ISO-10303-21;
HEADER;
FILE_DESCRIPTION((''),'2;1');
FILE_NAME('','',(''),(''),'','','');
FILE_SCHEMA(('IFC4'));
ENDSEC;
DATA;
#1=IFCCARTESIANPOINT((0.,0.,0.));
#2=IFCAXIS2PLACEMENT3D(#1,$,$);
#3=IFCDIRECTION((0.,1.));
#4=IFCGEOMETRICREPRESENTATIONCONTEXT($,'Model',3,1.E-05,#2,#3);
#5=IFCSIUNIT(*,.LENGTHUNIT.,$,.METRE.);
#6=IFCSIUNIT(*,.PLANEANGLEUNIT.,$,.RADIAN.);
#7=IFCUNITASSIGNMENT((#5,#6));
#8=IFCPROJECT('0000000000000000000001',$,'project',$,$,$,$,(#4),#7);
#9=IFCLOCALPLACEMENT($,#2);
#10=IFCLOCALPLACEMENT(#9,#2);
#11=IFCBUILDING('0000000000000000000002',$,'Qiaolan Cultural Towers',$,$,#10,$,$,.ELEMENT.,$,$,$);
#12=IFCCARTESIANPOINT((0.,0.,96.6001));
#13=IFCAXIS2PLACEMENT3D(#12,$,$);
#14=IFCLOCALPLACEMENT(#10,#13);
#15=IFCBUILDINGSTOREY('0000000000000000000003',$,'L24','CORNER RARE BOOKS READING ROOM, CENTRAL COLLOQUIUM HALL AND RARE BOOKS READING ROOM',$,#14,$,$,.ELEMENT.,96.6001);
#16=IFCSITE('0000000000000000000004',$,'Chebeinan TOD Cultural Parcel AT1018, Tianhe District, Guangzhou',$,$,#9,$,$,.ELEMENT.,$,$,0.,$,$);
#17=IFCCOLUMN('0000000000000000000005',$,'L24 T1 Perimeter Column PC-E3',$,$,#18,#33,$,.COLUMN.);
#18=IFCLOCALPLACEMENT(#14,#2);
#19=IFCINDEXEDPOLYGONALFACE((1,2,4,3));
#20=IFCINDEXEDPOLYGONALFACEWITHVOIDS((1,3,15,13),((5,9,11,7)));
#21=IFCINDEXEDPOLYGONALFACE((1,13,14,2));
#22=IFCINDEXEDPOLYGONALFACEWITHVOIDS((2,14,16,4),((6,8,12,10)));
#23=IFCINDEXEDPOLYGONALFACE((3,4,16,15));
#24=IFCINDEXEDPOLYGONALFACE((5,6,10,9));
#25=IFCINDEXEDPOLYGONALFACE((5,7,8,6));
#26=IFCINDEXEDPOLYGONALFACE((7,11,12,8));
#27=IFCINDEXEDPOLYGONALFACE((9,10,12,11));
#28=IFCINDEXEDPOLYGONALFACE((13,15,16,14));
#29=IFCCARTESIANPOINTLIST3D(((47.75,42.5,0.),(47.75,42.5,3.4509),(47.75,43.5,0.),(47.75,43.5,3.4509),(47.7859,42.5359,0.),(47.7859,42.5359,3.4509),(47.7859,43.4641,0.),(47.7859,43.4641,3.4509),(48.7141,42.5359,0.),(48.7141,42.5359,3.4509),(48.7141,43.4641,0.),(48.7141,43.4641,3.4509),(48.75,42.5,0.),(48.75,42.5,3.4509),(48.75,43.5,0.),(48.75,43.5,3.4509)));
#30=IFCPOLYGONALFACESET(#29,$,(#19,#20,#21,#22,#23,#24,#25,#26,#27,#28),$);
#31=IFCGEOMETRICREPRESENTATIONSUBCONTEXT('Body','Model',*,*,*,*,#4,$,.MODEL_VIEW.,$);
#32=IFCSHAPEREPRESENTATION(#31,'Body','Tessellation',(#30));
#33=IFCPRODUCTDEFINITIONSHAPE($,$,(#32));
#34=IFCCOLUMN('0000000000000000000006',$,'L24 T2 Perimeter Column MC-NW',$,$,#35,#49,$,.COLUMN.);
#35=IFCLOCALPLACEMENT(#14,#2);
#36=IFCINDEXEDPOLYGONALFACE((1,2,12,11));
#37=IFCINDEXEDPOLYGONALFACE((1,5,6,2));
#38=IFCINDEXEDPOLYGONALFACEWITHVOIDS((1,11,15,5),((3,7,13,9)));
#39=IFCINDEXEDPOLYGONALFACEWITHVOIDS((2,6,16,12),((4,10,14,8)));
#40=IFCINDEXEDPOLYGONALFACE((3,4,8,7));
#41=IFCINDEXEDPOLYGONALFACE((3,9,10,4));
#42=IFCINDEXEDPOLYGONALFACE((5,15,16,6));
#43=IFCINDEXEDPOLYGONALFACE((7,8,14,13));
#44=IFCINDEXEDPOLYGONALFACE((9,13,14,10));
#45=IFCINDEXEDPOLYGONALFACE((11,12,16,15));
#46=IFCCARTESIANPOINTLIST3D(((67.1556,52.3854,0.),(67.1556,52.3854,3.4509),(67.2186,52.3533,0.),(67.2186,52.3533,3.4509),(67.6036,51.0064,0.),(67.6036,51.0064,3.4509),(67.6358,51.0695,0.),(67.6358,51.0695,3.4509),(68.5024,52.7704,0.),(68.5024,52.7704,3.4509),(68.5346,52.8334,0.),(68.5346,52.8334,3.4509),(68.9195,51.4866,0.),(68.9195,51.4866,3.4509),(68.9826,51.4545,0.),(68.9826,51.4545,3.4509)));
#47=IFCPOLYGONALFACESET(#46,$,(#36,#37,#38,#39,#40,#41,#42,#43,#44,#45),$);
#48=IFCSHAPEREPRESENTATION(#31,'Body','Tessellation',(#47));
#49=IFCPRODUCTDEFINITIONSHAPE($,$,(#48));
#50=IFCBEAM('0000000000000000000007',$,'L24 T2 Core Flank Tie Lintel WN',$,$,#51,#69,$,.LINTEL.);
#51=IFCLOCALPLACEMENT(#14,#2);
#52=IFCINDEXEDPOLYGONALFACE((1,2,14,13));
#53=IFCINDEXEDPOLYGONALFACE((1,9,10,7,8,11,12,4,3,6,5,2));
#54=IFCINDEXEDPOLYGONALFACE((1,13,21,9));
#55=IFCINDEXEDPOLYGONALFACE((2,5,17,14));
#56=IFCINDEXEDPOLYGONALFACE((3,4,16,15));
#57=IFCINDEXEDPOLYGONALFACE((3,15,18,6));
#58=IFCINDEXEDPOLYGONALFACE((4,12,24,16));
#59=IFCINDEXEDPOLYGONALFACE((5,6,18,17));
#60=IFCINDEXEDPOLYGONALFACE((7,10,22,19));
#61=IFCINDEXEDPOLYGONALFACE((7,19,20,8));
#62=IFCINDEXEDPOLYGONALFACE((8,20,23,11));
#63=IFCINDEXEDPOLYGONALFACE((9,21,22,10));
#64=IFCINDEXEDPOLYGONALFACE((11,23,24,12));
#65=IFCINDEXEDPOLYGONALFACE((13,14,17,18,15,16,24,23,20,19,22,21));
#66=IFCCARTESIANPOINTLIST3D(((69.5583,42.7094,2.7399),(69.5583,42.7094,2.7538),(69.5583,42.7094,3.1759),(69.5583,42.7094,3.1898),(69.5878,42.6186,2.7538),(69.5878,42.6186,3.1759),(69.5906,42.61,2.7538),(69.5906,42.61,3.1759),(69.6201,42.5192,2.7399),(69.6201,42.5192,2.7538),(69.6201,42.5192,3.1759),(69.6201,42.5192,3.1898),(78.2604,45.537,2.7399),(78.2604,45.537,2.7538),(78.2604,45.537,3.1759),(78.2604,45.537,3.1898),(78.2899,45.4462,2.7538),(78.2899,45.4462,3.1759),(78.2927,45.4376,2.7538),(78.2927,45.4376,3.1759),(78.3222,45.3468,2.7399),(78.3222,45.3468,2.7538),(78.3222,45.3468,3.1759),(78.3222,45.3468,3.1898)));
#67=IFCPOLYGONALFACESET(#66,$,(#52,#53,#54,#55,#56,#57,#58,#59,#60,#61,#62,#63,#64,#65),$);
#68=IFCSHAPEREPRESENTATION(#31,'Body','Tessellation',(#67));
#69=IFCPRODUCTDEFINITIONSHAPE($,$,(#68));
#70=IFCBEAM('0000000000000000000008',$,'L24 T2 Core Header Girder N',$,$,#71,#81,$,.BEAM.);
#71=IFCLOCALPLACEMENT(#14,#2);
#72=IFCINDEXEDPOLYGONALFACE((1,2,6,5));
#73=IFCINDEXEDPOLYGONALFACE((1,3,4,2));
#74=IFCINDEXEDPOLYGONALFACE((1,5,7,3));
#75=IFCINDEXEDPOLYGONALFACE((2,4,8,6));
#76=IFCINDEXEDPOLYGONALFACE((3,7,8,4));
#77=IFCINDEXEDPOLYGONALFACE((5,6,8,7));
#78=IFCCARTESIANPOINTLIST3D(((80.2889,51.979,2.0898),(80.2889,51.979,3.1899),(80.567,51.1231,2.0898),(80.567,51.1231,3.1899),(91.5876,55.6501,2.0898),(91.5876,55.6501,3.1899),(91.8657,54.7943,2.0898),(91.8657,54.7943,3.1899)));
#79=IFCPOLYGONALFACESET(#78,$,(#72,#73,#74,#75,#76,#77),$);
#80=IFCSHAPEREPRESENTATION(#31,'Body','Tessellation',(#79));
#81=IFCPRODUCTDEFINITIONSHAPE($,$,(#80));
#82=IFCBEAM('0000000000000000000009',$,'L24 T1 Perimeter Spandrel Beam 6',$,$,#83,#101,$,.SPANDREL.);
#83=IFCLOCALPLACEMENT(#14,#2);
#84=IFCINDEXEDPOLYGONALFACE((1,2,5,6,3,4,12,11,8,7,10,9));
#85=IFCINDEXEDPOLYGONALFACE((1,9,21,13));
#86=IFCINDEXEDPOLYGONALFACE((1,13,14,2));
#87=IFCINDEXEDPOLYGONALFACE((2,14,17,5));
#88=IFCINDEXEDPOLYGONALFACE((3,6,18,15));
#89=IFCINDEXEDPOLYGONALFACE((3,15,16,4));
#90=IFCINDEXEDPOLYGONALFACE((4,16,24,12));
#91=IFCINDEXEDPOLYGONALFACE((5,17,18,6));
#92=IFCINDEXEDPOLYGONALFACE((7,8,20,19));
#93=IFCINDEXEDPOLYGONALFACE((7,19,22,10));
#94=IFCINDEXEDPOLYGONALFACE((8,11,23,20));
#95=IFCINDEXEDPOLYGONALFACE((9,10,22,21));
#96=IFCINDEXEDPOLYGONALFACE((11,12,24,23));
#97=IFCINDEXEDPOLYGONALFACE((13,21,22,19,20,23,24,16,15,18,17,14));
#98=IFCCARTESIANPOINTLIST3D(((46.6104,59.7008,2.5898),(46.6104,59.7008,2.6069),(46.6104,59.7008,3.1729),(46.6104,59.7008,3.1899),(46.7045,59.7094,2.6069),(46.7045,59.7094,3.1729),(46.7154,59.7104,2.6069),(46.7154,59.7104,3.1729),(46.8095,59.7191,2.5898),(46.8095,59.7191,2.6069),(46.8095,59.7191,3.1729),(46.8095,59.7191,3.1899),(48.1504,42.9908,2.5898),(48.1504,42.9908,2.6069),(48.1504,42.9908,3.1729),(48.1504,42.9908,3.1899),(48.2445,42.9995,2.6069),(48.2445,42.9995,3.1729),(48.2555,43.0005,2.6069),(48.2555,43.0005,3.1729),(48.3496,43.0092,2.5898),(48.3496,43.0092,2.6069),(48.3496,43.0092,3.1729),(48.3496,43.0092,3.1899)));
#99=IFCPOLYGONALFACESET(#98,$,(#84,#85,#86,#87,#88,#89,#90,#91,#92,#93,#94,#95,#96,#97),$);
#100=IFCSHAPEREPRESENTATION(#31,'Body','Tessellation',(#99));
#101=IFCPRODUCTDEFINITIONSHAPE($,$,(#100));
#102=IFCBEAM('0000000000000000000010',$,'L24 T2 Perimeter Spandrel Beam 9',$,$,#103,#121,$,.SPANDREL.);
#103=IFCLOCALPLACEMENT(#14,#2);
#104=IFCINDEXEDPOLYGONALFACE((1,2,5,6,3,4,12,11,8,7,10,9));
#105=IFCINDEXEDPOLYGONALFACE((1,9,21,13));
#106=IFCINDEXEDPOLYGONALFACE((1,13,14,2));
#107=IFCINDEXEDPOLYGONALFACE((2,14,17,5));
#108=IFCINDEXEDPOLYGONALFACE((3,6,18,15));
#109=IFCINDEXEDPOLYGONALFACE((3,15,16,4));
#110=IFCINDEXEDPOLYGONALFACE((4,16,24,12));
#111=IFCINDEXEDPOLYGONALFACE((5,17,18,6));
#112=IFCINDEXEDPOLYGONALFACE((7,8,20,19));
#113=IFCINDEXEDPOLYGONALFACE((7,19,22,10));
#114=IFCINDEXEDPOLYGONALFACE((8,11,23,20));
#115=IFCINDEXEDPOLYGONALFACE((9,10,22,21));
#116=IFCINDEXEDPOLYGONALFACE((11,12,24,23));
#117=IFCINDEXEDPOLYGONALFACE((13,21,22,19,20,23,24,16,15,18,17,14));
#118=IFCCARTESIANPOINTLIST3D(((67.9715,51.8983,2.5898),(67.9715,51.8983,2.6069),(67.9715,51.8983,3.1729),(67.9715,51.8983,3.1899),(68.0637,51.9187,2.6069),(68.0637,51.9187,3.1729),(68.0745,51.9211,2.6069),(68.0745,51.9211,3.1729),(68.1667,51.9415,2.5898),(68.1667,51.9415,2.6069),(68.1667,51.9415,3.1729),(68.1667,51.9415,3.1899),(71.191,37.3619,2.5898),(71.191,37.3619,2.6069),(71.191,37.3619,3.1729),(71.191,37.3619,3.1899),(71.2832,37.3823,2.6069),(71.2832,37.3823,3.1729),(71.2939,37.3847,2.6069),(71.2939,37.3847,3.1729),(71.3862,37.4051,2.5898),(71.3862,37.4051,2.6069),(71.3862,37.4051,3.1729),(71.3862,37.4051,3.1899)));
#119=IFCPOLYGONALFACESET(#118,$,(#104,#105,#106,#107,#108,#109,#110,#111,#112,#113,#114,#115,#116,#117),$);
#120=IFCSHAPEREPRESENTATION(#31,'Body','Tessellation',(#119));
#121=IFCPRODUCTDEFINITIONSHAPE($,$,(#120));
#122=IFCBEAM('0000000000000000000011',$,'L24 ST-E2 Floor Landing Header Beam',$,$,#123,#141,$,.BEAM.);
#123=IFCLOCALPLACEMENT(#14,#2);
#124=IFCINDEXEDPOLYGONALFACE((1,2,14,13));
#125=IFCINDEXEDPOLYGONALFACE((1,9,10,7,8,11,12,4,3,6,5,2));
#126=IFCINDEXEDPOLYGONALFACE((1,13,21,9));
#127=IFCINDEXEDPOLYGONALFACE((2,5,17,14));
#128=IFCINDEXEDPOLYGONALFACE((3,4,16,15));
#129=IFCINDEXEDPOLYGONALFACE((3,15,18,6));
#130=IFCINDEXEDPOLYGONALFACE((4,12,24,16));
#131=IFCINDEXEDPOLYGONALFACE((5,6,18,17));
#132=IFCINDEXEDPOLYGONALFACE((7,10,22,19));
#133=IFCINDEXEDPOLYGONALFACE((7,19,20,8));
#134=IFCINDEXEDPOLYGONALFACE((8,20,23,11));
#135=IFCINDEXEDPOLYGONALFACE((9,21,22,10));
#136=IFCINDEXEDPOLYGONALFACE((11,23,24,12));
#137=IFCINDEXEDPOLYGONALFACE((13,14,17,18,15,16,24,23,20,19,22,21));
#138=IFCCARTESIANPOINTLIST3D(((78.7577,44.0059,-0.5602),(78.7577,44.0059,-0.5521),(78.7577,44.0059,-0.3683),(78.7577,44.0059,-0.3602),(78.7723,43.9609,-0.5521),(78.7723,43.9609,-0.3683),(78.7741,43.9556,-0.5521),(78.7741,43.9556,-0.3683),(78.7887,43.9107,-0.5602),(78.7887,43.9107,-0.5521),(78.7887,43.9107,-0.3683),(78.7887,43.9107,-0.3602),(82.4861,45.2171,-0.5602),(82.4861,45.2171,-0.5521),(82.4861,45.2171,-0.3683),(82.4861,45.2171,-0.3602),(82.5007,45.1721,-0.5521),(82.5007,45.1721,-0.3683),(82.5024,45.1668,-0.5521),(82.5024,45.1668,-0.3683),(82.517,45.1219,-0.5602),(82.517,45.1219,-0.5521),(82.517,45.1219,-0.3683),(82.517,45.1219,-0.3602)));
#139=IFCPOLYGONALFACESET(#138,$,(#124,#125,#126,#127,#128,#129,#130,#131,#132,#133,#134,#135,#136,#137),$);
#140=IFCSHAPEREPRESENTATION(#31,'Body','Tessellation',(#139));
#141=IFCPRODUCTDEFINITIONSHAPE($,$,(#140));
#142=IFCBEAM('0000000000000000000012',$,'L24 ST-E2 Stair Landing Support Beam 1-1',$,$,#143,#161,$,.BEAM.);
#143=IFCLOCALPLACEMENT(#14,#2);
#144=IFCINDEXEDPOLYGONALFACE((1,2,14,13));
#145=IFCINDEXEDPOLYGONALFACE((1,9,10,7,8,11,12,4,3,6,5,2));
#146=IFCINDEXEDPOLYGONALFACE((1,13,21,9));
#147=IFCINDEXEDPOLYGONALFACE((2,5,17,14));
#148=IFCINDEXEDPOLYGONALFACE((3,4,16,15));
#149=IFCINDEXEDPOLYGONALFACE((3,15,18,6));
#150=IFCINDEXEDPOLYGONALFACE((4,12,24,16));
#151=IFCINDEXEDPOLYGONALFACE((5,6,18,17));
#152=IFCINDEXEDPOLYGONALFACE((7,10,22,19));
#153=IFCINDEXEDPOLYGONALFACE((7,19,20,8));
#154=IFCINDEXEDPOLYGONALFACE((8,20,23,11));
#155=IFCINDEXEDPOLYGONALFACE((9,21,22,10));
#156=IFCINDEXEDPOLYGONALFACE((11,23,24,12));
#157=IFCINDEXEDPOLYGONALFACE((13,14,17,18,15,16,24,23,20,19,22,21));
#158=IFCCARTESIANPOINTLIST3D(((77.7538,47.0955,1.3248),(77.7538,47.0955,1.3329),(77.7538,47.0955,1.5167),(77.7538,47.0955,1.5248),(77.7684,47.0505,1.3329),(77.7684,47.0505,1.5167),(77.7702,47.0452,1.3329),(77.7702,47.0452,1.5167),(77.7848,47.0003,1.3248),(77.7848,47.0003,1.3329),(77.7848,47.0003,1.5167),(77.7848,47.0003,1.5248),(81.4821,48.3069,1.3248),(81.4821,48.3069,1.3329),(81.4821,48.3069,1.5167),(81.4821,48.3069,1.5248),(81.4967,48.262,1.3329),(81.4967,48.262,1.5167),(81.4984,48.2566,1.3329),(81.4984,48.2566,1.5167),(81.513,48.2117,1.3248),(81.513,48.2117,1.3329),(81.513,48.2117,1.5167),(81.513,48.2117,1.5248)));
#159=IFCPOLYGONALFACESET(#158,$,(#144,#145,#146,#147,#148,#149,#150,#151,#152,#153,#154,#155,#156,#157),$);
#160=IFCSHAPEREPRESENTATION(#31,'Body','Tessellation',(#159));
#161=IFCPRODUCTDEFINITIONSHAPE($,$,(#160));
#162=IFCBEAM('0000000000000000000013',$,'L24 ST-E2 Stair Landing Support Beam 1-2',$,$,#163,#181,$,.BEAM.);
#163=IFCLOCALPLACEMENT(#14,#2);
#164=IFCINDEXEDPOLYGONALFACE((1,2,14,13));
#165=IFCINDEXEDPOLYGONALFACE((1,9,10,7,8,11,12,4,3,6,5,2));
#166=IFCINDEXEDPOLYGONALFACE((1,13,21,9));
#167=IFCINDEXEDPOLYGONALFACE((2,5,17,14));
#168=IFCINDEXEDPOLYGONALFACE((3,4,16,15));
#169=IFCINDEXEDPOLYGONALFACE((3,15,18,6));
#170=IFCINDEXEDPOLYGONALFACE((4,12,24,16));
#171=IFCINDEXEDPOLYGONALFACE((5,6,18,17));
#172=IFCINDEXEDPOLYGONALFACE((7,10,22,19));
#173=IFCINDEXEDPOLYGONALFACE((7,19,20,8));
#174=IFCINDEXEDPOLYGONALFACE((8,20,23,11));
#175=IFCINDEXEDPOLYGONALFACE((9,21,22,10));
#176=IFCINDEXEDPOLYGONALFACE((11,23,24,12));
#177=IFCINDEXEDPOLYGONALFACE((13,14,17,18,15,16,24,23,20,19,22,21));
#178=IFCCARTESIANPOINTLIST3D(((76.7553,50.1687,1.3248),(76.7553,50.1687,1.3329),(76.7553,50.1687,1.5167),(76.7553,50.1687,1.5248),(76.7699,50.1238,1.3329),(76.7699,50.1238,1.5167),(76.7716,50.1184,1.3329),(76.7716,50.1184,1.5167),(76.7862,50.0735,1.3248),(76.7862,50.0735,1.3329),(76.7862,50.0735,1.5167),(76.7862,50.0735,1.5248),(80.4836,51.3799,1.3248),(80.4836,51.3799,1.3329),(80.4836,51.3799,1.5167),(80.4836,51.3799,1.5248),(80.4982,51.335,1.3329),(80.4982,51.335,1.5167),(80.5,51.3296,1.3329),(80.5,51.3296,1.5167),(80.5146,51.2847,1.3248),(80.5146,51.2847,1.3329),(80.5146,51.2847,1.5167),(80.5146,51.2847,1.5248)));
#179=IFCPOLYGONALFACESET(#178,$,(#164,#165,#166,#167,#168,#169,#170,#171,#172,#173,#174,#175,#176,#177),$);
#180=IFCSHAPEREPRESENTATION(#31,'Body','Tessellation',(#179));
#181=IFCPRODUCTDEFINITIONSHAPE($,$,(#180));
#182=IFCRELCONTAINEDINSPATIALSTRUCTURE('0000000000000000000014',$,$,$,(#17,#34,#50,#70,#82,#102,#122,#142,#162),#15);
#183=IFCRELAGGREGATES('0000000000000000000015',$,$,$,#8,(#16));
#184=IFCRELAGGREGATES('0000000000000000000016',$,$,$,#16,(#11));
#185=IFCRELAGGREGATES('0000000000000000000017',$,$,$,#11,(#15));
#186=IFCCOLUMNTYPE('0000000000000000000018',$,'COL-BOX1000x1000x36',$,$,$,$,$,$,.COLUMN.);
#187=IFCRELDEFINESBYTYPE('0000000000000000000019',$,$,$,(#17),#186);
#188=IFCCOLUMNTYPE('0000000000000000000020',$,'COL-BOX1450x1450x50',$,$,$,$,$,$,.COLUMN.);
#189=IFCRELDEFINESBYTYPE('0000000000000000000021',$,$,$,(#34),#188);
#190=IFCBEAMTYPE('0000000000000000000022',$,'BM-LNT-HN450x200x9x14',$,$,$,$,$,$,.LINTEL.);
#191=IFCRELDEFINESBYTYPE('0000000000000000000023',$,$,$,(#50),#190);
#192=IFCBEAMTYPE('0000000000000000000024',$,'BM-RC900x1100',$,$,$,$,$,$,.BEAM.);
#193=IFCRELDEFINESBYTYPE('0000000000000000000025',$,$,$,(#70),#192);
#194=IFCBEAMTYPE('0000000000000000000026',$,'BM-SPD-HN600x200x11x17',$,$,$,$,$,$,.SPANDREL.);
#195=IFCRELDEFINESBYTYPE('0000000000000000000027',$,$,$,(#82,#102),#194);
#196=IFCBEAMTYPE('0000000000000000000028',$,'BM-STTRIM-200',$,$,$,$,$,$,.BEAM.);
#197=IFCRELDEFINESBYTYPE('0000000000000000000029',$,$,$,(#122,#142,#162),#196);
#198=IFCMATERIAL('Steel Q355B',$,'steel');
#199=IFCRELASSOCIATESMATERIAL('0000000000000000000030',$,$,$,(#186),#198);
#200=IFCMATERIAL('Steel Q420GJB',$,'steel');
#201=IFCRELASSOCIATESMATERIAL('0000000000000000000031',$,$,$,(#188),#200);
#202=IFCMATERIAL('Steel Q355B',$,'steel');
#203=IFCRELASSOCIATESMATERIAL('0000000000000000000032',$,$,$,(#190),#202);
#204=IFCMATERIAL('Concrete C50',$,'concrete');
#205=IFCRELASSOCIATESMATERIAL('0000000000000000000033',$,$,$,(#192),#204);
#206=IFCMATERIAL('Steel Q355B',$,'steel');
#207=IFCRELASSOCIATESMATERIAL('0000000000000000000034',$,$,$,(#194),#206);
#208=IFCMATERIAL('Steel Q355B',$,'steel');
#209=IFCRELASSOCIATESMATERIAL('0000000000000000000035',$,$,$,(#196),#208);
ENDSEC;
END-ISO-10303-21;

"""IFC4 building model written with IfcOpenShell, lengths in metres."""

from ifc_helpers import new_model, si_unit, direction, frame, origin, origin_2d, place, context, subcontext, project, spatial, rectangle, hollow_rectangle, i_section, extrude, material, material_profile, profile_set, type_object, element, save


model = new_model("IFC4")

# Units and contexts
model_context = context("Model", 3, precision=1e-05, world=origin(), true_north=direction((0.0, 1.0)))
body_context = subcontext(model_context, "Body", "Model", "MODEL_VIEW")
ifc_project = project(units=[si_unit("LENGTHUNIT", "METRE"), si_unit("PLANEANGLEUNIT", "RADIAN")], contexts=[model_context])

# Site, building, storey
site_placement = place(None, origin())
site = spatial("IfcSite", under=ifc_project, at=site_placement, Name="Chebeinan TOD Cultural Parcel AT1018, Tianhe District, Guangzhou", CompositionType="ELEMENT", RefElevation=0.0)
building_placement = place(site_placement, origin())
building = spatial("IfcBuilding", under=site, at=building_placement, Name="Qiaolan Cultural Towers", CompositionType="ELEMENT")
storey_placement = place(building_placement, frame((0.0, 0.0, 96.6001)))
storey = spatial("IfcBuildingStorey", under=building, at=storey_placement, Name="L24", Description="CORNER RARE BOOKS READING ROOM, CENTRAL COLLOQUIUM HALL AND RARE BOOKS READING ROOM", CompositionType="ELEMENT", Elevation=96.6001)

# Columns
ifc_material_1 = material(Name="Steel Q355B", Category="steel")
ifc_material_profile_1 = material_profile(ifc_material_1, hollow_rectangle(XDim=1.0, YDim=1.0, WallThickness=0.0359, at=origin_2d()), Name="BOX1000x1000x36")
ifc_profile_set_1 = profile_set([ifc_material_profile_1], Name="Steel Q355B")
column_type_1 = type_object("IfcColumnType", Name="COL-BOX1000x1000x36", PredefinedType="COLUMN", material=ifc_profile_set_1)
column_1_placement = place(storey_placement, frame((48.25, 43.0, 0.0), z_axis=(0.0, 0.0, 1.0), x_axis=(1.0, 0.0, 0.0)))
element("IfcColumn", 1, at=column_1_placement, inside=storey, type_object=column_type_1, Name="L24 T1 Perimeter Column PC-E3", PredefinedType="COLUMN", context=body_context, shape_type="SweptSolid", body=[
    extrude(hollow_rectangle(XDim=1.0, YDim=1.0, WallThickness=0.0359, at=origin_2d()), origin(), (0.0, 0.0, 1.0), 3.4509),
])
ifc_material_2 = material(Name="Steel Q420GJB", Category="steel")
ifc_material_profile_2 = material_profile(ifc_material_2, hollow_rectangle(XDim=1.45, YDim=1.45, WallThickness=0.05, at=origin_2d()), Name="BOX1450x1450x50")
ifc_profile_set_2 = profile_set([ifc_material_profile_2], Name="Steel Q420GJB")
column_type_2 = type_object("IfcColumnType", Name="COL-BOX1450x1450x50", PredefinedType="COLUMN", material=ifc_profile_set_2)
column_2_placement = place(storey_placement, frame((68.0691, 51.9199, 0.0), z_axis=(0.0, 0.0, 1.0), x_axis=(0.951057, 0.309017, 0.0)))
element("IfcColumn", 2, at=column_2_placement, inside=storey, type_object=column_type_2, Name="L24 T2 Perimeter Column MC-NW", PredefinedType="COLUMN", context=body_context, shape_type="SweptSolid", body=[
    extrude(hollow_rectangle(XDim=1.45, YDim=1.45, WallThickness=0.05, at=origin_2d()), origin(), (0.0, 0.0, 1.0), 3.4509),
])

# Beams
ifc_material_3 = material(Name="Steel Q355B", Category="steel")
ifc_material_profile_3 = material_profile(ifc_material_3, i_section(OverallWidth=0.2, OverallDepth=0.45, WebThickness=0.009, FlangeThickness=0.0139, at=origin_2d()), Name="HN450x200x9x14")
ifc_profile_set_3 = profile_set([ifc_material_profile_3], Name="Steel Q355B")
beam_type_1 = type_object("IfcBeamType", Name="BM-LNT-HN450x200x9x14", PredefinedType="LINTEL", material=ifc_profile_set_3)
beam_1_placement = place(storey_placement, frame((78.2913, 45.4419, 2.9648), z_axis=(-0.951052, -0.309031, 0.0), x_axis=(0.309031, -0.951052, 0.0)))
element("IfcBeam", 3, at=beam_1_placement, inside=storey, type_object=beam_type_1, Name="L24 T2 Core Flank Tie Lintel WN", PredefinedType="LINTEL", context=body_context, shape_type="SweptSolid", body=[
    extrude(i_section(OverallWidth=0.2, OverallDepth=0.45, WebThickness=0.009, FlangeThickness=0.0139, at=origin_2d()), origin(), (0.0, 0.0, 1.0), 9.1499),
])
ifc_material_4 = material(Name="Concrete C50", Category="concrete")
ifc_material_profile_4 = material_profile(ifc_material_4, rectangle(XDim=0.8999, YDim=1.1001, at=origin_2d()), Name="RC900x1100")
ifc_profile_set_4 = profile_set([ifc_material_profile_4], Name="Concrete C50")
beam_type_2 = type_object("IfcBeamType", Name="BM-RC900x1100", PredefinedType="BEAM", material=ifc_profile_set_4)
beam_2_placement = place(storey_placement, frame((80.428, 51.551, 2.6399), z_axis=(0.951056, 0.309018, 0.0), x_axis=(-0.309018, 0.951056, 0.0)))
element("IfcBeam", 4, at=beam_2_placement, inside=storey, type_object=beam_type_2, Name="L24 T2 Core Header Girder N", PredefinedType="BEAM", context=body_context, shape_type="SweptSolid", body=[
    extrude(rectangle(XDim=0.8999, YDim=1.1001, at=origin_2d()), origin(), (0.0, 0.0, 1.0), 11.8801),
])
ifc_material_5 = material(Name="Steel Q355B", Category="steel")
ifc_material_profile_5 = material_profile(ifc_material_5, i_section(OverallWidth=0.2, OverallDepth=0.6001, WebThickness=0.011, FlangeThickness=0.0171, at=origin_2d()), Name="HN600x200x11x17")
ifc_profile_set_5 = profile_set([ifc_material_profile_5], Name="Steel Q355B")
beam_type_3 = type_object("IfcBeamType", Name="BM-SPD-HN600x200x11x17", PredefinedType="SPANDREL", material=ifc_profile_set_5)
beam_3_placement = place(storey_placement, frame((48.25, 43.0, 2.8899), z_axis=(-0.091774, 0.99578, 0.0), x_axis=(-0.99578, -0.091774, 0.0)))
element("IfcBeam", 5, at=beam_3_placement, inside=storey, type_object=beam_type_3, Name="L24 T1 Perimeter Spandrel Beam 6", PredefinedType="SPANDREL", context=body_context, shape_type="SweptSolid", body=[
    extrude(i_section(OverallWidth=0.2, OverallDepth=0.6001, WebThickness=0.011, FlangeThickness=0.0171, at=origin_2d()), origin(), (0.0, 0.0, 1.0), 16.7808),
])
beam_4_placement = place(storey_placement, frame((68.0691, 51.9199, 2.8899), z_axis=(0.216238, -0.976341, 0.0), x_axis=(0.976341, 0.216238, 0.0)))
element("IfcBeam", 6, at=beam_4_placement, inside=storey, type_object=beam_type_3, Name="L24 T2 Perimeter Spandrel Beam 9", PredefinedType="SPANDREL", context=body_context, shape_type="SweptSolid", body=[
    extrude(i_section(OverallWidth=0.2, OverallDepth=0.6001, WebThickness=0.011, FlangeThickness=0.0171, at=origin_2d()), origin(), (0.0, 0.0, 1.0), 14.8887),
])
ifc_material_6 = material(Name="Steel Q355B", Category="steel")
ifc_material_profile_6 = material_profile(ifc_material_6, i_section(OverallWidth=0.1001, OverallDepth=0.2, WebThickness=0.0056, FlangeThickness=0.0081, at=origin_2d()), Name="HN200x100x5.5x8")
ifc_profile_set_6 = profile_set([ifc_material_profile_6], Name="Steel Q355B")
beam_type_4 = type_object("IfcBeamType", Name="BM-STTRIM-200", PredefinedType="BEAM", material=ifc_profile_set_6)
for number, where, z_axis, x_axis, name in (
    (7, (78.7732, 43.9583, -0.4602), (0.951072, 0.308969, 0.0), (-0.308969, 0.951072, 0.0), "L24 ST-E2 Floor Landing Header Beam"),
    (8, (77.7693, 47.0479, 1.4248), (0.951054, 0.309026, 0.0), (-0.309026, 0.951054, 0.0), "L24 ST-E2 Stair Landing Support Beam 1-1"),
    (9, (76.7708, 50.1211, 1.4248), (0.951072, 0.308969, 0.0), (-0.308969, 0.951072, 0.0), "L24 ST-E2 Stair Landing Support Beam 1-2"),
):
    element("IfcBeam", number, at=place(storey_placement, frame(where, z_axis=z_axis, x_axis=x_axis)), inside=storey, type_object=beam_type_4, Name=name, PredefinedType="BEAM", context=body_context, shape_type="SweptSolid", body=[
        extrude(i_section(OverallWidth=0.1001, OverallDepth=0.2, WebThickness=0.0056, FlangeThickness=0.0081, at=origin_2d()), origin(), (0.0, 0.0, 1.0), 3.9202),
    ])

save(model, "model.ifc")
